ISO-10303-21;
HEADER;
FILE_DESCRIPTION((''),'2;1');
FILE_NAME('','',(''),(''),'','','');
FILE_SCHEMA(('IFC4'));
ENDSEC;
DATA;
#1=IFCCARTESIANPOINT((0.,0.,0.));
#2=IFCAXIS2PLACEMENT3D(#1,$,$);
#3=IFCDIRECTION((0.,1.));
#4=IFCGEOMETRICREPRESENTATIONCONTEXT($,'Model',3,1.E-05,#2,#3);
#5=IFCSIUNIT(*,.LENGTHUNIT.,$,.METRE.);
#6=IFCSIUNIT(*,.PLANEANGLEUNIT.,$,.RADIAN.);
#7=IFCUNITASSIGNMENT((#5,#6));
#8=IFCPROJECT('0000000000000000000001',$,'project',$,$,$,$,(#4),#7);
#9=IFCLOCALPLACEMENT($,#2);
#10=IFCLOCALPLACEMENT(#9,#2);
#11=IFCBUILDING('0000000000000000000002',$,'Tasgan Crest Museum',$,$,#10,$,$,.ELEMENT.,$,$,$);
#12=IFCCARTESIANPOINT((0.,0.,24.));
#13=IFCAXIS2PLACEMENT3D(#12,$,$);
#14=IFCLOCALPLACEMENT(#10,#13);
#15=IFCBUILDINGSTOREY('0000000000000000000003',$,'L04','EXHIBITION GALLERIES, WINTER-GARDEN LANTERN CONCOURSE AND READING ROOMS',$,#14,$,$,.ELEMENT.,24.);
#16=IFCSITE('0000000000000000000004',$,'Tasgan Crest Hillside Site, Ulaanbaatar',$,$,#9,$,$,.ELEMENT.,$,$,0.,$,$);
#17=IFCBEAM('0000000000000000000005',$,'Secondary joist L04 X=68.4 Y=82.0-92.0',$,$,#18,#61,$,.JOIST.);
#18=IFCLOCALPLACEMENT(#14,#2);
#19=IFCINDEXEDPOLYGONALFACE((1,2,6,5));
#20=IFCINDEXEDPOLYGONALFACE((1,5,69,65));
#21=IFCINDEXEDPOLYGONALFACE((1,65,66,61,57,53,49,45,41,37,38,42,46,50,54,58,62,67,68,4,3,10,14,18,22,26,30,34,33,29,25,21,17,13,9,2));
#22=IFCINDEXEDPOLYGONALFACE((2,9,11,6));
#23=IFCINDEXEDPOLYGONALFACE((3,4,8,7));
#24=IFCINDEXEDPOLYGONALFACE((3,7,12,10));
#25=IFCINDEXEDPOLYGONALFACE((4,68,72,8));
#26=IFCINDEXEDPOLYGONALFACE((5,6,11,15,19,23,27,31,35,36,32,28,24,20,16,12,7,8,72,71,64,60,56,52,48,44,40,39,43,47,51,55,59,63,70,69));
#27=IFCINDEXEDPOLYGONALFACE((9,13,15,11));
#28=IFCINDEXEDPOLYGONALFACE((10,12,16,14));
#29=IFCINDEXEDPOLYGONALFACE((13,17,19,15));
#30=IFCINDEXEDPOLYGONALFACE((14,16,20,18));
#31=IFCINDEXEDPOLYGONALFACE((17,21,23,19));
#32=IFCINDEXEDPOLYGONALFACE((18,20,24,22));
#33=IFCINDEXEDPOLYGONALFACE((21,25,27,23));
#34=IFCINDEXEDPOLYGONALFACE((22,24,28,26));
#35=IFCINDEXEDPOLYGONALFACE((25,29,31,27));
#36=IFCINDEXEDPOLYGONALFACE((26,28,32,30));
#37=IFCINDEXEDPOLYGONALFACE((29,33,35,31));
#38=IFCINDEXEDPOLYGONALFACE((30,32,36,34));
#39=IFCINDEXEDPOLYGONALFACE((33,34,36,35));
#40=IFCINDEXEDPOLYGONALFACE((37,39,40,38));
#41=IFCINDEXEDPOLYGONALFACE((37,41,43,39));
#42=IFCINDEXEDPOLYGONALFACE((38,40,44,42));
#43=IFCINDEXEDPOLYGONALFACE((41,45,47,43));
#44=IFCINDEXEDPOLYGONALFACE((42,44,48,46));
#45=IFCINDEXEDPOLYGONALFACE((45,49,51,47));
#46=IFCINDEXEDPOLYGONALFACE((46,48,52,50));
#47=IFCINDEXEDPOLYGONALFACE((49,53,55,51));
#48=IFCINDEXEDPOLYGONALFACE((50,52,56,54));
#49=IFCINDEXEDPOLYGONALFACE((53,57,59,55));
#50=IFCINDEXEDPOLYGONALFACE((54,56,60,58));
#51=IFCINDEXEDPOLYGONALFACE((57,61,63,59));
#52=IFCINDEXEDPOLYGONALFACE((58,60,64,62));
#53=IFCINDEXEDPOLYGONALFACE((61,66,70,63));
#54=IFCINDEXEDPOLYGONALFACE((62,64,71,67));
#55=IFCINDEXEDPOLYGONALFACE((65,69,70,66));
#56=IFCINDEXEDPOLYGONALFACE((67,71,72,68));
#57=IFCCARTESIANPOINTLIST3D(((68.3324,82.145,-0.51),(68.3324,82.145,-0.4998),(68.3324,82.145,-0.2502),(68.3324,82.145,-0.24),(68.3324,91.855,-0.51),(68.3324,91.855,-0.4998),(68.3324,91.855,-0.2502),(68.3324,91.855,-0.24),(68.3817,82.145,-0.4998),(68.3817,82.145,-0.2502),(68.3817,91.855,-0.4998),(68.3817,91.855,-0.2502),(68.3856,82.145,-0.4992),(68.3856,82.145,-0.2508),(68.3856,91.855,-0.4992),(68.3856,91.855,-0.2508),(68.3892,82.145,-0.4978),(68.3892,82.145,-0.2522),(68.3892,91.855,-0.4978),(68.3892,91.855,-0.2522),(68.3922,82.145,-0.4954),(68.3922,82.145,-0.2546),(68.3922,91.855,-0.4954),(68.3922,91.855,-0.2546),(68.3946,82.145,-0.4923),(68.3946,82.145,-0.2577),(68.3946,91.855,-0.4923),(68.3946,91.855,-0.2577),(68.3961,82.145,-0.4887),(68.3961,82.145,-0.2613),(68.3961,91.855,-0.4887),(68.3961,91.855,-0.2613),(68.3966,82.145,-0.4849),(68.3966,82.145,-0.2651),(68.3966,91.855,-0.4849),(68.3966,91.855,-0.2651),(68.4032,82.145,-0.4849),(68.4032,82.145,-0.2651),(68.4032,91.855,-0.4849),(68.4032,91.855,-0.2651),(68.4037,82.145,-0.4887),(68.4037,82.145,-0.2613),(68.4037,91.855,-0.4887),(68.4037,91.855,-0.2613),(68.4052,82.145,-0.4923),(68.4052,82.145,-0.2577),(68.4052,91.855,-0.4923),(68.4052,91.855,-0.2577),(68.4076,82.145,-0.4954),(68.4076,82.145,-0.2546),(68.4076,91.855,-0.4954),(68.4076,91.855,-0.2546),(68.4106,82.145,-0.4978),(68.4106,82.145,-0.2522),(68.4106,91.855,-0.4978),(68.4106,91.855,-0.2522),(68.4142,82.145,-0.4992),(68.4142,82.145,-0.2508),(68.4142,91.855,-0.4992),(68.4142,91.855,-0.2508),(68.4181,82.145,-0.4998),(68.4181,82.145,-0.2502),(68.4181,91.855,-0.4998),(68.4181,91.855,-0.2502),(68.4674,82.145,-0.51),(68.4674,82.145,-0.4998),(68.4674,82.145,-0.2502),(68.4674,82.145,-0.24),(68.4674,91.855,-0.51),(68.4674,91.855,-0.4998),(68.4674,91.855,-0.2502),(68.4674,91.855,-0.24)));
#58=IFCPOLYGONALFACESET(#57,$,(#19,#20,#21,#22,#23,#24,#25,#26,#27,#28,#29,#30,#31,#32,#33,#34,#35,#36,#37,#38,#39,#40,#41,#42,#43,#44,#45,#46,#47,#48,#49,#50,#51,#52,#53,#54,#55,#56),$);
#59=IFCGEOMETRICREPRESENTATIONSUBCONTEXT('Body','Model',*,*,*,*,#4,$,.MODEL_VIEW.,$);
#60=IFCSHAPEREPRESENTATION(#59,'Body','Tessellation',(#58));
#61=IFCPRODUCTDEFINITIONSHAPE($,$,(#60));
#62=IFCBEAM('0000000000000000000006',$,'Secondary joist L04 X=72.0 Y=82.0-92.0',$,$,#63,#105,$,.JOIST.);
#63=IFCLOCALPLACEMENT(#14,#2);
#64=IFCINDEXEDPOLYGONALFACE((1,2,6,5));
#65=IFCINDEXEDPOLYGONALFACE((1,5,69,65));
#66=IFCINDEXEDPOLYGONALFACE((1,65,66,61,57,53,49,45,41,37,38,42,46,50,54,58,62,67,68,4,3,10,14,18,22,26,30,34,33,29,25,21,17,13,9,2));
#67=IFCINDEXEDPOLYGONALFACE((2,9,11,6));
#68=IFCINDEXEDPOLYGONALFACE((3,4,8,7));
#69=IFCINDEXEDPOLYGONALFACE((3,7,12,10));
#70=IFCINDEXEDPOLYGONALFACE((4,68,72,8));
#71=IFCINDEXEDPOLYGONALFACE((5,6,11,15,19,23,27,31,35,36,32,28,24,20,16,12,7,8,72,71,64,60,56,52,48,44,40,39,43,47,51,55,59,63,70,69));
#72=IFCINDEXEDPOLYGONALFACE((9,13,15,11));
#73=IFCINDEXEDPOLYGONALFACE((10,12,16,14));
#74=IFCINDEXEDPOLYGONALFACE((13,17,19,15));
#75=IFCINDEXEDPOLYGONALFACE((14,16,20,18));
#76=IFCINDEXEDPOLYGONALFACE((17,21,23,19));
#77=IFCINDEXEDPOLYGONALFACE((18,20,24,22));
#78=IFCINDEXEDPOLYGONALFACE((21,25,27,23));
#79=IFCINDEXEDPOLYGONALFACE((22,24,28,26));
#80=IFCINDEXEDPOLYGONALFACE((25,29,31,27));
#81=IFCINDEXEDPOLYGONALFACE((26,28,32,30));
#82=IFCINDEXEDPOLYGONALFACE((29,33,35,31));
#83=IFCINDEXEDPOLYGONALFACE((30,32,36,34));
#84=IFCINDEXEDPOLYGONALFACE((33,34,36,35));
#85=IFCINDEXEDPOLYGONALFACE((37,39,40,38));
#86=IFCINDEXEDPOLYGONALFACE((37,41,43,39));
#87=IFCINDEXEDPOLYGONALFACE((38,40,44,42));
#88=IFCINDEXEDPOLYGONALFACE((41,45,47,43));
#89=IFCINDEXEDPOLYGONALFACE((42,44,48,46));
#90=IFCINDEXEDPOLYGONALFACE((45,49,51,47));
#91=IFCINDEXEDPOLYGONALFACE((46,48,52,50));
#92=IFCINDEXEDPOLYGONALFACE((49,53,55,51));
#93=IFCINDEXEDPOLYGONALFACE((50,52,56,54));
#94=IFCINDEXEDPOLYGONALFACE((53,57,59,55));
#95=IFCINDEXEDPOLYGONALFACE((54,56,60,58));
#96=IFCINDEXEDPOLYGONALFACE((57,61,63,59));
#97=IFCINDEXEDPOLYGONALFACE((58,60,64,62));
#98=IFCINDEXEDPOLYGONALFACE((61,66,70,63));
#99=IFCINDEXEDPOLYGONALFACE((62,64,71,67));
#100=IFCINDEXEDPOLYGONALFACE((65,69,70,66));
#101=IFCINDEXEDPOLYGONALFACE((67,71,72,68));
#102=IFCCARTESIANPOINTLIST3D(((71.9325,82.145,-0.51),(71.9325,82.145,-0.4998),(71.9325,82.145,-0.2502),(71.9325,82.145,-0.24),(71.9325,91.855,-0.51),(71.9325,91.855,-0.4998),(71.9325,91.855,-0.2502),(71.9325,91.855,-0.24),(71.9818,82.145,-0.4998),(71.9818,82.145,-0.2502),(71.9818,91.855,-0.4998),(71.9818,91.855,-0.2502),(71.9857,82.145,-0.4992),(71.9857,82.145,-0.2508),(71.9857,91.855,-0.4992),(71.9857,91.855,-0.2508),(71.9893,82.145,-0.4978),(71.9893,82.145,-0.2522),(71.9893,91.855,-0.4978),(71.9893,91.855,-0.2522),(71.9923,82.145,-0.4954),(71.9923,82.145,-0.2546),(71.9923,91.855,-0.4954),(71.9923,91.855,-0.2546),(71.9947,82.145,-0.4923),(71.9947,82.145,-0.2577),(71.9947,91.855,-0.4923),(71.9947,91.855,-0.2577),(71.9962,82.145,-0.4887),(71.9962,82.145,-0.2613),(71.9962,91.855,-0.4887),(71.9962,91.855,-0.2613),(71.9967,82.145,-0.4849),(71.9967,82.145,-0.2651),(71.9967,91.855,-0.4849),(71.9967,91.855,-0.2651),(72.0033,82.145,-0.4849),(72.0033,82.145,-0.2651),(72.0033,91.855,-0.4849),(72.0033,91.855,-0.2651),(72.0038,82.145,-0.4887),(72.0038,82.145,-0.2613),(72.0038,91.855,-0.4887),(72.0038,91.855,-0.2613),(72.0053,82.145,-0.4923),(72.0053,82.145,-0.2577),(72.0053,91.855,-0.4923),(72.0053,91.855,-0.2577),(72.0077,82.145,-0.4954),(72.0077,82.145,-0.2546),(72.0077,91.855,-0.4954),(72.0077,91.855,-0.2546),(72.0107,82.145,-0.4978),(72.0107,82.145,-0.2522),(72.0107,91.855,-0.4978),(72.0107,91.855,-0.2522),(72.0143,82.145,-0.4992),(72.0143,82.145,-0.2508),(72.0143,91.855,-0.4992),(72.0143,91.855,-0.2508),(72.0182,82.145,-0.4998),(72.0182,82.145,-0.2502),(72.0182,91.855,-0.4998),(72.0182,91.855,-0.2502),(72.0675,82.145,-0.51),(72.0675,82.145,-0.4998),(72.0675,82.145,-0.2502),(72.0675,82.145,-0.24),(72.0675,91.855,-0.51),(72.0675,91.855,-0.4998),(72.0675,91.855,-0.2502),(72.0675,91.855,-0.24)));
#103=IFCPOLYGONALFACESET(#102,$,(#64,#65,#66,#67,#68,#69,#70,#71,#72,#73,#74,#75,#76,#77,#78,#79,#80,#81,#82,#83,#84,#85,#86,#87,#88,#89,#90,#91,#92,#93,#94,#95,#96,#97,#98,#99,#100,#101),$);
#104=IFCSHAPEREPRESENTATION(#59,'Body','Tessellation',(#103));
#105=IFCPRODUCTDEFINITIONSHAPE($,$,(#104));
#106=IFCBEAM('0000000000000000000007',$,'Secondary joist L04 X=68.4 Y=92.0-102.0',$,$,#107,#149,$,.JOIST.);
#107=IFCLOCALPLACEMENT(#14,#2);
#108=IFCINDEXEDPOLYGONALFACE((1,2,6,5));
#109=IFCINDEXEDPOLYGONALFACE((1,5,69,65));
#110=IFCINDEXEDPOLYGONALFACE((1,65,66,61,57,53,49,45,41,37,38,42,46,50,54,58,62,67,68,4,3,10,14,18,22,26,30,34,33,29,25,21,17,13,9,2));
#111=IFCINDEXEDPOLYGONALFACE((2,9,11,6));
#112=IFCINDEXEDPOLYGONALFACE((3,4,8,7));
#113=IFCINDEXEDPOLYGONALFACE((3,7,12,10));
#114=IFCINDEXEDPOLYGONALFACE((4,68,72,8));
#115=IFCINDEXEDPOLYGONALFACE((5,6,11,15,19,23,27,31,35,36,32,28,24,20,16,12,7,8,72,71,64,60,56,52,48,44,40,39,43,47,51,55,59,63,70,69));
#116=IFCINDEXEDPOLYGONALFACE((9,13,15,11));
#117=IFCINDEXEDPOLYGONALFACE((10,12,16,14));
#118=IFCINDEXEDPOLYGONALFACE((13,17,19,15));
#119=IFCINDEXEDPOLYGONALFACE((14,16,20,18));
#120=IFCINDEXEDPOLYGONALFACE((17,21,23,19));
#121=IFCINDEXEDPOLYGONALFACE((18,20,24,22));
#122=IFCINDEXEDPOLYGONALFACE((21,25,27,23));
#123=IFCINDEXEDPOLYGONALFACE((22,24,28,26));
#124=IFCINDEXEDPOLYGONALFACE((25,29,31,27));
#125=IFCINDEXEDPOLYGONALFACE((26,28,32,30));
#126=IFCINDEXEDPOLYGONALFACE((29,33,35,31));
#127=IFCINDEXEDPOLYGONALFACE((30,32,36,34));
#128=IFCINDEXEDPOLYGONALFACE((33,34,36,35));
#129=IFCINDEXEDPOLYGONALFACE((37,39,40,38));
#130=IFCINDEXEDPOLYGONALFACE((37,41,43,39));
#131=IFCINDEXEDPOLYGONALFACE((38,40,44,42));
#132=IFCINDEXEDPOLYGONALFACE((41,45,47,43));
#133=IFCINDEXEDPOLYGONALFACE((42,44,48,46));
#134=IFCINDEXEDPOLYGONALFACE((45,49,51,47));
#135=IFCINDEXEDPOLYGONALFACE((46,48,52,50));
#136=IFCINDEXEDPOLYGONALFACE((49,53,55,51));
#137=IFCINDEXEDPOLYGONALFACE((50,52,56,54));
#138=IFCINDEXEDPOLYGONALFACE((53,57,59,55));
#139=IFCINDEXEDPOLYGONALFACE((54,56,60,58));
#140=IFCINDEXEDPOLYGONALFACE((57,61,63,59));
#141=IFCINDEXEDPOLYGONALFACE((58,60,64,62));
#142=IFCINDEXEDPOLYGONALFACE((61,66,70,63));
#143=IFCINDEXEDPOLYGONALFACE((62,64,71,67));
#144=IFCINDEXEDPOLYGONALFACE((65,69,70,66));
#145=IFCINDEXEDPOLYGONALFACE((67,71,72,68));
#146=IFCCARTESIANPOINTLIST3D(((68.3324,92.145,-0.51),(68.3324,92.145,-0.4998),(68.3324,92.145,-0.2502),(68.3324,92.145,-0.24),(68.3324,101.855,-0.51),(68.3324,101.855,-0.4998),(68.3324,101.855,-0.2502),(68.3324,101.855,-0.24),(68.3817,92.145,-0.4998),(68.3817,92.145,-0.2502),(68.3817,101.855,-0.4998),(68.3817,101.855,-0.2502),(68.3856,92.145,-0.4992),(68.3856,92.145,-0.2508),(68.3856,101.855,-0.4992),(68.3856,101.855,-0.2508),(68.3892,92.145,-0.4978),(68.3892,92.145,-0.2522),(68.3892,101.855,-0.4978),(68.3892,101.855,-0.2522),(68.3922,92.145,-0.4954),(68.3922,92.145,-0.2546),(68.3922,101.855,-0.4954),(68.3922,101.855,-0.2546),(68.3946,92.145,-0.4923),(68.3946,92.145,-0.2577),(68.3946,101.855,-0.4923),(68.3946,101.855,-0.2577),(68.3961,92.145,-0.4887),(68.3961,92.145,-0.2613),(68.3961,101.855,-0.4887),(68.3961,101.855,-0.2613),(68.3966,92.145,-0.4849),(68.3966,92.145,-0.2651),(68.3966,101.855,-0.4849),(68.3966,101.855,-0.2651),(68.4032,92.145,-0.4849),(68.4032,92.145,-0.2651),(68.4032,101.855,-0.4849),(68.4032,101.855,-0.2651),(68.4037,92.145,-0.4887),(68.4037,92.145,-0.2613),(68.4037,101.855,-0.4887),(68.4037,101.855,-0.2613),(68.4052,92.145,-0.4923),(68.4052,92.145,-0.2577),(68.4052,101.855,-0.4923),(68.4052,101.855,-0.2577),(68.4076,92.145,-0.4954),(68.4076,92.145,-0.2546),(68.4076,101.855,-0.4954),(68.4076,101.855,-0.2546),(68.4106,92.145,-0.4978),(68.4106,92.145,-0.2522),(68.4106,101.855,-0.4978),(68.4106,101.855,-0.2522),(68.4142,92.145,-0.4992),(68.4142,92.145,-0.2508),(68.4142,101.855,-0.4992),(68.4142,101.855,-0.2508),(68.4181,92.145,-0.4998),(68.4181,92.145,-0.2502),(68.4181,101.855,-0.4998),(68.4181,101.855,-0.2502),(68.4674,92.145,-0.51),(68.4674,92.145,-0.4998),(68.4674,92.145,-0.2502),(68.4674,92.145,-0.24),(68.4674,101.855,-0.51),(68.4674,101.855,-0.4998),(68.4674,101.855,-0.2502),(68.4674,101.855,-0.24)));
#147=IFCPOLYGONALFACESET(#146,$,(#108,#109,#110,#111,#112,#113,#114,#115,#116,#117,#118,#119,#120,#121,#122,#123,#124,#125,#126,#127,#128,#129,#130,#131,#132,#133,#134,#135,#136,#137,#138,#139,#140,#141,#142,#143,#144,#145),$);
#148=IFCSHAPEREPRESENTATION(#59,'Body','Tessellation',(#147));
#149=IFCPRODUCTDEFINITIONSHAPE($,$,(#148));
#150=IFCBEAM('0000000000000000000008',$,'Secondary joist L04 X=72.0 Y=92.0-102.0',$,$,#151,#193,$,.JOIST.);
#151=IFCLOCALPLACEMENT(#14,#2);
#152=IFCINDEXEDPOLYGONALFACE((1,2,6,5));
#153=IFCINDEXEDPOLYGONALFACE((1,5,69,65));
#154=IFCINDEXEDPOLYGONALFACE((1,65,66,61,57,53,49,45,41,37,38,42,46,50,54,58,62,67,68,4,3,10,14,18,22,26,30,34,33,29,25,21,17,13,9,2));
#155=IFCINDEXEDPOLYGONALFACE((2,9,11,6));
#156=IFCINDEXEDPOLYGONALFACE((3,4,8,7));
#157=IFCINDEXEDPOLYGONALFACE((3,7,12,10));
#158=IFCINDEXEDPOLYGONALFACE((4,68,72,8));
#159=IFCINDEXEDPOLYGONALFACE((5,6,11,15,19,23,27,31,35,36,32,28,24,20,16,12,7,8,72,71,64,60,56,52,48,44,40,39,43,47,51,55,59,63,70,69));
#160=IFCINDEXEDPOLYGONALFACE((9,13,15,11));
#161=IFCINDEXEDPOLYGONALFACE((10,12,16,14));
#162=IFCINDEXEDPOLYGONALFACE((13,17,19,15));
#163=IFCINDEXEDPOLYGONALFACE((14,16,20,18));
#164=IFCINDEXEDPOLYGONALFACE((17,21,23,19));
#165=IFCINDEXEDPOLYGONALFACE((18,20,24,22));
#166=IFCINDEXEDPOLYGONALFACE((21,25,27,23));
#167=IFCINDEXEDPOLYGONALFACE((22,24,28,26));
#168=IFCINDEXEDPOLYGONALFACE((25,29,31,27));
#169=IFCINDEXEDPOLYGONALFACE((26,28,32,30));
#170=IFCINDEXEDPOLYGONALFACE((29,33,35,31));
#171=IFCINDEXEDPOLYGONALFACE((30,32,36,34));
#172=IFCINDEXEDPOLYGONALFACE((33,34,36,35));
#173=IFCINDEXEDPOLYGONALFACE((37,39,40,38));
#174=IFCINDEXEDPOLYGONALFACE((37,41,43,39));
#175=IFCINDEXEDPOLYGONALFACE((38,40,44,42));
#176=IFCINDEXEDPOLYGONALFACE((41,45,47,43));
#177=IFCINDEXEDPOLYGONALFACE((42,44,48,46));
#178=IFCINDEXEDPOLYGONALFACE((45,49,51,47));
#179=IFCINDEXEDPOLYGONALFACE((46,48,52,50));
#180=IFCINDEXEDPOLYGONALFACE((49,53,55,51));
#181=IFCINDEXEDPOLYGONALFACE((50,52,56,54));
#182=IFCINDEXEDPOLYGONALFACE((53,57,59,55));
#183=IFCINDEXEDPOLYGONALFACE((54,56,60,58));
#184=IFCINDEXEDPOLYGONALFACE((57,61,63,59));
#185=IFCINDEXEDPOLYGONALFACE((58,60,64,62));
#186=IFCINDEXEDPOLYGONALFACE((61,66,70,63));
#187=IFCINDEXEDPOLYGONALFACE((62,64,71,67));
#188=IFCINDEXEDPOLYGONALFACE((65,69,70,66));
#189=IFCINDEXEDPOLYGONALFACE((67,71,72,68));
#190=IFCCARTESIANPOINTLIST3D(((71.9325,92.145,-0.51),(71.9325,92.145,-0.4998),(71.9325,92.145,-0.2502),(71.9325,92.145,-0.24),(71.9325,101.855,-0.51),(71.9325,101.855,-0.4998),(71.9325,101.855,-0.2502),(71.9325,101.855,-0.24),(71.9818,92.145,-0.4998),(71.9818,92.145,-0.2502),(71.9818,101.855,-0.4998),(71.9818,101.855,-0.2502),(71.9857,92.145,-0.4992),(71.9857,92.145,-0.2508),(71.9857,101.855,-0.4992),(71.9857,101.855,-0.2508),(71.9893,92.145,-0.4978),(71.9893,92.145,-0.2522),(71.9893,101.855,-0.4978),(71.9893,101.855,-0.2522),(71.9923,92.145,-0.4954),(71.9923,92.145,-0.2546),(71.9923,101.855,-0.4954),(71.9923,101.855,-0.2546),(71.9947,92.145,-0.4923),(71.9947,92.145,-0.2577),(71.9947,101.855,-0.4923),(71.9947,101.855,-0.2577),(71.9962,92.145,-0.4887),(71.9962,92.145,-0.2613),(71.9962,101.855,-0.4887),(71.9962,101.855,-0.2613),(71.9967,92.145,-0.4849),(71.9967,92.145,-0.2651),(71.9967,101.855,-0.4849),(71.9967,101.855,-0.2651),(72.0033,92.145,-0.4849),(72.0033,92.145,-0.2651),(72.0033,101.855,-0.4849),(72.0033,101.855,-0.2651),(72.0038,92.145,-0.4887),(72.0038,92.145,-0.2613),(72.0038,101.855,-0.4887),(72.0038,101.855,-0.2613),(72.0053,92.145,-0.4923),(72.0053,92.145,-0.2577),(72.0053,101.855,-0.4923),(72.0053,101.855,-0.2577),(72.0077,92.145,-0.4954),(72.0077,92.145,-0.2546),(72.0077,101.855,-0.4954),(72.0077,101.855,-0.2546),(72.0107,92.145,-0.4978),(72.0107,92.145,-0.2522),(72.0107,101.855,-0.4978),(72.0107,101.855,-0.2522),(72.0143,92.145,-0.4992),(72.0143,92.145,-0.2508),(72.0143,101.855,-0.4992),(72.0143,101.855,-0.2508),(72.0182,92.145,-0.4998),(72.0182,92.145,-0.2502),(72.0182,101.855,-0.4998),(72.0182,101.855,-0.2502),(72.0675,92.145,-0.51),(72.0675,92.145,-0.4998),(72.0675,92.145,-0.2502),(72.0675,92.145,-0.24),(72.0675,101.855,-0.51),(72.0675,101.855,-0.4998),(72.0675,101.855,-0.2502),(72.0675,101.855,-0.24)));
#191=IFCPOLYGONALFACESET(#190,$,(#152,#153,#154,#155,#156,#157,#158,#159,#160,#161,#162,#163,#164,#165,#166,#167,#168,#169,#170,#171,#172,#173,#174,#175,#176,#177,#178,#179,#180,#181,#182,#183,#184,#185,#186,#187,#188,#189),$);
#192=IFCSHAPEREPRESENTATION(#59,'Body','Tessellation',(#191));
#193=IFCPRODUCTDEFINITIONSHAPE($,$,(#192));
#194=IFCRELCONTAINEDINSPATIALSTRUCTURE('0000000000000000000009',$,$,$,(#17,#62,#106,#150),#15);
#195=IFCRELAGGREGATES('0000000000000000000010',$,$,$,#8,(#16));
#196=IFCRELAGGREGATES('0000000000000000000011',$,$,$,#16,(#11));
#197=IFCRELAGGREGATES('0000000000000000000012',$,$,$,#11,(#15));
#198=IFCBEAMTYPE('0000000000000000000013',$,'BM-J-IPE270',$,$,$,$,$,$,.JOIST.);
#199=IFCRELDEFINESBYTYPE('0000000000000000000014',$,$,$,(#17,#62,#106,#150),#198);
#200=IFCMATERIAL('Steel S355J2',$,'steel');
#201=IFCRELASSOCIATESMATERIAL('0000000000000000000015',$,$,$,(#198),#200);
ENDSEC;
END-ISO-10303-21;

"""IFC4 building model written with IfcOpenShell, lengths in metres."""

from ifc_helpers import new_model, si_unit, direction, frame, origin, origin_2d, place, context, subcontext, project, spatial, i_section, extrude, material, material_profile, profile_set, type_object, element, save


model = new_model("IFC4")

# Units and contexts
model_context = context("Model", 3, precision=1e-05, world=origin(), true_north=direction((0.0, 1.0)))
body_context = subcontext(model_context, "Body", "Model", "MODEL_VIEW")
ifc_project = project(units=[si_unit("LENGTHUNIT", "METRE"), si_unit("PLANEANGLEUNIT", "RADIAN")], contexts=[model_context])

# Site, building, storey
site_placement = place(None, origin())
site = spatial("IfcSite", under=ifc_project, at=site_placement, Name="Tasgan Crest Hillside Site, Ulaanbaatar", CompositionType="ELEMENT", RefElevation=0.0)
building_placement = place(site_placement, origin())
building = spatial("IfcBuilding", under=site, at=building_placement, Name="Tasgan Crest Museum", CompositionType="ELEMENT")
storey_placement = place(building_placement, frame((0.0, 0.0, 24.0)))
storey = spatial("IfcBuildingStorey", under=building, at=storey_placement, Name="L04", Description="EXHIBITION GALLERIES, WINTER-GARDEN LANTERN CONCOURSE AND READING ROOMS", CompositionType="ELEMENT", Elevation=24.0)

# Beams
ifc_material_1 = material(Name="Steel S355J2", Category="steel")
ifc_material_profile_1 = material_profile(ifc_material_1, i_section(OverallWidth=0.135, OverallDepth=0.27, WebThickness=0.0066, FlangeThickness=0.0103, FilletRadius=0.0149, at=origin_2d()), Name="IPE 270")
ifc_profile_set_1 = profile_set([ifc_material_profile_1], Name="Steel S355J2")
beam_type_1 = type_object("IfcBeamType", Name="BM-J-IPE270", PredefinedType="JOIST", material=ifc_profile_set_1)
for number, where, z_axis, x_axis, name in (
    (1, (68.3999, 82.145, -0.375), (0.0, 1.0, 0.0), (-1.0, 0.0, 0.0), "Secondary joist L04 X=68.4 Y=82.0-92.0"),
    (2, (72.0, 82.145, -0.375), (0.0, 1.0, 0.0), (-1.0, 0.0, 0.0), "Secondary joist L04 X=72.0 Y=82.0-92.0"),
    (3, (68.3999, 92.145, -0.375), (0.0, 1.0, 0.0), (-1.0, 0.0, 0.0), "Secondary joist L04 X=68.4 Y=92.0-102.0"),
    (4, (72.0, 92.145, -0.375), (0.0, 1.0, 0.0), (-1.0, 0.0, 0.0), "Secondary joist L04 X=72.0 Y=92.0-102.0"),
):
    element("IfcBeam", number, at=place(storey_placement, frame(where, z_axis=z_axis, x_axis=x_axis)), inside=storey, type_object=beam_type_1, Name=name, PredefinedType="JOIST", context=body_context, shape_type="SweptSolid", body=[
        extrude(i_section(OverallWidth=0.135, OverallDepth=0.27, WebThickness=0.0066, FlangeThickness=0.0103, FilletRadius=0.0149, at=origin_2d()), origin(), (0.0, 0.0, 1.0), 9.71),
    ])

save(model, "model.ifc")
